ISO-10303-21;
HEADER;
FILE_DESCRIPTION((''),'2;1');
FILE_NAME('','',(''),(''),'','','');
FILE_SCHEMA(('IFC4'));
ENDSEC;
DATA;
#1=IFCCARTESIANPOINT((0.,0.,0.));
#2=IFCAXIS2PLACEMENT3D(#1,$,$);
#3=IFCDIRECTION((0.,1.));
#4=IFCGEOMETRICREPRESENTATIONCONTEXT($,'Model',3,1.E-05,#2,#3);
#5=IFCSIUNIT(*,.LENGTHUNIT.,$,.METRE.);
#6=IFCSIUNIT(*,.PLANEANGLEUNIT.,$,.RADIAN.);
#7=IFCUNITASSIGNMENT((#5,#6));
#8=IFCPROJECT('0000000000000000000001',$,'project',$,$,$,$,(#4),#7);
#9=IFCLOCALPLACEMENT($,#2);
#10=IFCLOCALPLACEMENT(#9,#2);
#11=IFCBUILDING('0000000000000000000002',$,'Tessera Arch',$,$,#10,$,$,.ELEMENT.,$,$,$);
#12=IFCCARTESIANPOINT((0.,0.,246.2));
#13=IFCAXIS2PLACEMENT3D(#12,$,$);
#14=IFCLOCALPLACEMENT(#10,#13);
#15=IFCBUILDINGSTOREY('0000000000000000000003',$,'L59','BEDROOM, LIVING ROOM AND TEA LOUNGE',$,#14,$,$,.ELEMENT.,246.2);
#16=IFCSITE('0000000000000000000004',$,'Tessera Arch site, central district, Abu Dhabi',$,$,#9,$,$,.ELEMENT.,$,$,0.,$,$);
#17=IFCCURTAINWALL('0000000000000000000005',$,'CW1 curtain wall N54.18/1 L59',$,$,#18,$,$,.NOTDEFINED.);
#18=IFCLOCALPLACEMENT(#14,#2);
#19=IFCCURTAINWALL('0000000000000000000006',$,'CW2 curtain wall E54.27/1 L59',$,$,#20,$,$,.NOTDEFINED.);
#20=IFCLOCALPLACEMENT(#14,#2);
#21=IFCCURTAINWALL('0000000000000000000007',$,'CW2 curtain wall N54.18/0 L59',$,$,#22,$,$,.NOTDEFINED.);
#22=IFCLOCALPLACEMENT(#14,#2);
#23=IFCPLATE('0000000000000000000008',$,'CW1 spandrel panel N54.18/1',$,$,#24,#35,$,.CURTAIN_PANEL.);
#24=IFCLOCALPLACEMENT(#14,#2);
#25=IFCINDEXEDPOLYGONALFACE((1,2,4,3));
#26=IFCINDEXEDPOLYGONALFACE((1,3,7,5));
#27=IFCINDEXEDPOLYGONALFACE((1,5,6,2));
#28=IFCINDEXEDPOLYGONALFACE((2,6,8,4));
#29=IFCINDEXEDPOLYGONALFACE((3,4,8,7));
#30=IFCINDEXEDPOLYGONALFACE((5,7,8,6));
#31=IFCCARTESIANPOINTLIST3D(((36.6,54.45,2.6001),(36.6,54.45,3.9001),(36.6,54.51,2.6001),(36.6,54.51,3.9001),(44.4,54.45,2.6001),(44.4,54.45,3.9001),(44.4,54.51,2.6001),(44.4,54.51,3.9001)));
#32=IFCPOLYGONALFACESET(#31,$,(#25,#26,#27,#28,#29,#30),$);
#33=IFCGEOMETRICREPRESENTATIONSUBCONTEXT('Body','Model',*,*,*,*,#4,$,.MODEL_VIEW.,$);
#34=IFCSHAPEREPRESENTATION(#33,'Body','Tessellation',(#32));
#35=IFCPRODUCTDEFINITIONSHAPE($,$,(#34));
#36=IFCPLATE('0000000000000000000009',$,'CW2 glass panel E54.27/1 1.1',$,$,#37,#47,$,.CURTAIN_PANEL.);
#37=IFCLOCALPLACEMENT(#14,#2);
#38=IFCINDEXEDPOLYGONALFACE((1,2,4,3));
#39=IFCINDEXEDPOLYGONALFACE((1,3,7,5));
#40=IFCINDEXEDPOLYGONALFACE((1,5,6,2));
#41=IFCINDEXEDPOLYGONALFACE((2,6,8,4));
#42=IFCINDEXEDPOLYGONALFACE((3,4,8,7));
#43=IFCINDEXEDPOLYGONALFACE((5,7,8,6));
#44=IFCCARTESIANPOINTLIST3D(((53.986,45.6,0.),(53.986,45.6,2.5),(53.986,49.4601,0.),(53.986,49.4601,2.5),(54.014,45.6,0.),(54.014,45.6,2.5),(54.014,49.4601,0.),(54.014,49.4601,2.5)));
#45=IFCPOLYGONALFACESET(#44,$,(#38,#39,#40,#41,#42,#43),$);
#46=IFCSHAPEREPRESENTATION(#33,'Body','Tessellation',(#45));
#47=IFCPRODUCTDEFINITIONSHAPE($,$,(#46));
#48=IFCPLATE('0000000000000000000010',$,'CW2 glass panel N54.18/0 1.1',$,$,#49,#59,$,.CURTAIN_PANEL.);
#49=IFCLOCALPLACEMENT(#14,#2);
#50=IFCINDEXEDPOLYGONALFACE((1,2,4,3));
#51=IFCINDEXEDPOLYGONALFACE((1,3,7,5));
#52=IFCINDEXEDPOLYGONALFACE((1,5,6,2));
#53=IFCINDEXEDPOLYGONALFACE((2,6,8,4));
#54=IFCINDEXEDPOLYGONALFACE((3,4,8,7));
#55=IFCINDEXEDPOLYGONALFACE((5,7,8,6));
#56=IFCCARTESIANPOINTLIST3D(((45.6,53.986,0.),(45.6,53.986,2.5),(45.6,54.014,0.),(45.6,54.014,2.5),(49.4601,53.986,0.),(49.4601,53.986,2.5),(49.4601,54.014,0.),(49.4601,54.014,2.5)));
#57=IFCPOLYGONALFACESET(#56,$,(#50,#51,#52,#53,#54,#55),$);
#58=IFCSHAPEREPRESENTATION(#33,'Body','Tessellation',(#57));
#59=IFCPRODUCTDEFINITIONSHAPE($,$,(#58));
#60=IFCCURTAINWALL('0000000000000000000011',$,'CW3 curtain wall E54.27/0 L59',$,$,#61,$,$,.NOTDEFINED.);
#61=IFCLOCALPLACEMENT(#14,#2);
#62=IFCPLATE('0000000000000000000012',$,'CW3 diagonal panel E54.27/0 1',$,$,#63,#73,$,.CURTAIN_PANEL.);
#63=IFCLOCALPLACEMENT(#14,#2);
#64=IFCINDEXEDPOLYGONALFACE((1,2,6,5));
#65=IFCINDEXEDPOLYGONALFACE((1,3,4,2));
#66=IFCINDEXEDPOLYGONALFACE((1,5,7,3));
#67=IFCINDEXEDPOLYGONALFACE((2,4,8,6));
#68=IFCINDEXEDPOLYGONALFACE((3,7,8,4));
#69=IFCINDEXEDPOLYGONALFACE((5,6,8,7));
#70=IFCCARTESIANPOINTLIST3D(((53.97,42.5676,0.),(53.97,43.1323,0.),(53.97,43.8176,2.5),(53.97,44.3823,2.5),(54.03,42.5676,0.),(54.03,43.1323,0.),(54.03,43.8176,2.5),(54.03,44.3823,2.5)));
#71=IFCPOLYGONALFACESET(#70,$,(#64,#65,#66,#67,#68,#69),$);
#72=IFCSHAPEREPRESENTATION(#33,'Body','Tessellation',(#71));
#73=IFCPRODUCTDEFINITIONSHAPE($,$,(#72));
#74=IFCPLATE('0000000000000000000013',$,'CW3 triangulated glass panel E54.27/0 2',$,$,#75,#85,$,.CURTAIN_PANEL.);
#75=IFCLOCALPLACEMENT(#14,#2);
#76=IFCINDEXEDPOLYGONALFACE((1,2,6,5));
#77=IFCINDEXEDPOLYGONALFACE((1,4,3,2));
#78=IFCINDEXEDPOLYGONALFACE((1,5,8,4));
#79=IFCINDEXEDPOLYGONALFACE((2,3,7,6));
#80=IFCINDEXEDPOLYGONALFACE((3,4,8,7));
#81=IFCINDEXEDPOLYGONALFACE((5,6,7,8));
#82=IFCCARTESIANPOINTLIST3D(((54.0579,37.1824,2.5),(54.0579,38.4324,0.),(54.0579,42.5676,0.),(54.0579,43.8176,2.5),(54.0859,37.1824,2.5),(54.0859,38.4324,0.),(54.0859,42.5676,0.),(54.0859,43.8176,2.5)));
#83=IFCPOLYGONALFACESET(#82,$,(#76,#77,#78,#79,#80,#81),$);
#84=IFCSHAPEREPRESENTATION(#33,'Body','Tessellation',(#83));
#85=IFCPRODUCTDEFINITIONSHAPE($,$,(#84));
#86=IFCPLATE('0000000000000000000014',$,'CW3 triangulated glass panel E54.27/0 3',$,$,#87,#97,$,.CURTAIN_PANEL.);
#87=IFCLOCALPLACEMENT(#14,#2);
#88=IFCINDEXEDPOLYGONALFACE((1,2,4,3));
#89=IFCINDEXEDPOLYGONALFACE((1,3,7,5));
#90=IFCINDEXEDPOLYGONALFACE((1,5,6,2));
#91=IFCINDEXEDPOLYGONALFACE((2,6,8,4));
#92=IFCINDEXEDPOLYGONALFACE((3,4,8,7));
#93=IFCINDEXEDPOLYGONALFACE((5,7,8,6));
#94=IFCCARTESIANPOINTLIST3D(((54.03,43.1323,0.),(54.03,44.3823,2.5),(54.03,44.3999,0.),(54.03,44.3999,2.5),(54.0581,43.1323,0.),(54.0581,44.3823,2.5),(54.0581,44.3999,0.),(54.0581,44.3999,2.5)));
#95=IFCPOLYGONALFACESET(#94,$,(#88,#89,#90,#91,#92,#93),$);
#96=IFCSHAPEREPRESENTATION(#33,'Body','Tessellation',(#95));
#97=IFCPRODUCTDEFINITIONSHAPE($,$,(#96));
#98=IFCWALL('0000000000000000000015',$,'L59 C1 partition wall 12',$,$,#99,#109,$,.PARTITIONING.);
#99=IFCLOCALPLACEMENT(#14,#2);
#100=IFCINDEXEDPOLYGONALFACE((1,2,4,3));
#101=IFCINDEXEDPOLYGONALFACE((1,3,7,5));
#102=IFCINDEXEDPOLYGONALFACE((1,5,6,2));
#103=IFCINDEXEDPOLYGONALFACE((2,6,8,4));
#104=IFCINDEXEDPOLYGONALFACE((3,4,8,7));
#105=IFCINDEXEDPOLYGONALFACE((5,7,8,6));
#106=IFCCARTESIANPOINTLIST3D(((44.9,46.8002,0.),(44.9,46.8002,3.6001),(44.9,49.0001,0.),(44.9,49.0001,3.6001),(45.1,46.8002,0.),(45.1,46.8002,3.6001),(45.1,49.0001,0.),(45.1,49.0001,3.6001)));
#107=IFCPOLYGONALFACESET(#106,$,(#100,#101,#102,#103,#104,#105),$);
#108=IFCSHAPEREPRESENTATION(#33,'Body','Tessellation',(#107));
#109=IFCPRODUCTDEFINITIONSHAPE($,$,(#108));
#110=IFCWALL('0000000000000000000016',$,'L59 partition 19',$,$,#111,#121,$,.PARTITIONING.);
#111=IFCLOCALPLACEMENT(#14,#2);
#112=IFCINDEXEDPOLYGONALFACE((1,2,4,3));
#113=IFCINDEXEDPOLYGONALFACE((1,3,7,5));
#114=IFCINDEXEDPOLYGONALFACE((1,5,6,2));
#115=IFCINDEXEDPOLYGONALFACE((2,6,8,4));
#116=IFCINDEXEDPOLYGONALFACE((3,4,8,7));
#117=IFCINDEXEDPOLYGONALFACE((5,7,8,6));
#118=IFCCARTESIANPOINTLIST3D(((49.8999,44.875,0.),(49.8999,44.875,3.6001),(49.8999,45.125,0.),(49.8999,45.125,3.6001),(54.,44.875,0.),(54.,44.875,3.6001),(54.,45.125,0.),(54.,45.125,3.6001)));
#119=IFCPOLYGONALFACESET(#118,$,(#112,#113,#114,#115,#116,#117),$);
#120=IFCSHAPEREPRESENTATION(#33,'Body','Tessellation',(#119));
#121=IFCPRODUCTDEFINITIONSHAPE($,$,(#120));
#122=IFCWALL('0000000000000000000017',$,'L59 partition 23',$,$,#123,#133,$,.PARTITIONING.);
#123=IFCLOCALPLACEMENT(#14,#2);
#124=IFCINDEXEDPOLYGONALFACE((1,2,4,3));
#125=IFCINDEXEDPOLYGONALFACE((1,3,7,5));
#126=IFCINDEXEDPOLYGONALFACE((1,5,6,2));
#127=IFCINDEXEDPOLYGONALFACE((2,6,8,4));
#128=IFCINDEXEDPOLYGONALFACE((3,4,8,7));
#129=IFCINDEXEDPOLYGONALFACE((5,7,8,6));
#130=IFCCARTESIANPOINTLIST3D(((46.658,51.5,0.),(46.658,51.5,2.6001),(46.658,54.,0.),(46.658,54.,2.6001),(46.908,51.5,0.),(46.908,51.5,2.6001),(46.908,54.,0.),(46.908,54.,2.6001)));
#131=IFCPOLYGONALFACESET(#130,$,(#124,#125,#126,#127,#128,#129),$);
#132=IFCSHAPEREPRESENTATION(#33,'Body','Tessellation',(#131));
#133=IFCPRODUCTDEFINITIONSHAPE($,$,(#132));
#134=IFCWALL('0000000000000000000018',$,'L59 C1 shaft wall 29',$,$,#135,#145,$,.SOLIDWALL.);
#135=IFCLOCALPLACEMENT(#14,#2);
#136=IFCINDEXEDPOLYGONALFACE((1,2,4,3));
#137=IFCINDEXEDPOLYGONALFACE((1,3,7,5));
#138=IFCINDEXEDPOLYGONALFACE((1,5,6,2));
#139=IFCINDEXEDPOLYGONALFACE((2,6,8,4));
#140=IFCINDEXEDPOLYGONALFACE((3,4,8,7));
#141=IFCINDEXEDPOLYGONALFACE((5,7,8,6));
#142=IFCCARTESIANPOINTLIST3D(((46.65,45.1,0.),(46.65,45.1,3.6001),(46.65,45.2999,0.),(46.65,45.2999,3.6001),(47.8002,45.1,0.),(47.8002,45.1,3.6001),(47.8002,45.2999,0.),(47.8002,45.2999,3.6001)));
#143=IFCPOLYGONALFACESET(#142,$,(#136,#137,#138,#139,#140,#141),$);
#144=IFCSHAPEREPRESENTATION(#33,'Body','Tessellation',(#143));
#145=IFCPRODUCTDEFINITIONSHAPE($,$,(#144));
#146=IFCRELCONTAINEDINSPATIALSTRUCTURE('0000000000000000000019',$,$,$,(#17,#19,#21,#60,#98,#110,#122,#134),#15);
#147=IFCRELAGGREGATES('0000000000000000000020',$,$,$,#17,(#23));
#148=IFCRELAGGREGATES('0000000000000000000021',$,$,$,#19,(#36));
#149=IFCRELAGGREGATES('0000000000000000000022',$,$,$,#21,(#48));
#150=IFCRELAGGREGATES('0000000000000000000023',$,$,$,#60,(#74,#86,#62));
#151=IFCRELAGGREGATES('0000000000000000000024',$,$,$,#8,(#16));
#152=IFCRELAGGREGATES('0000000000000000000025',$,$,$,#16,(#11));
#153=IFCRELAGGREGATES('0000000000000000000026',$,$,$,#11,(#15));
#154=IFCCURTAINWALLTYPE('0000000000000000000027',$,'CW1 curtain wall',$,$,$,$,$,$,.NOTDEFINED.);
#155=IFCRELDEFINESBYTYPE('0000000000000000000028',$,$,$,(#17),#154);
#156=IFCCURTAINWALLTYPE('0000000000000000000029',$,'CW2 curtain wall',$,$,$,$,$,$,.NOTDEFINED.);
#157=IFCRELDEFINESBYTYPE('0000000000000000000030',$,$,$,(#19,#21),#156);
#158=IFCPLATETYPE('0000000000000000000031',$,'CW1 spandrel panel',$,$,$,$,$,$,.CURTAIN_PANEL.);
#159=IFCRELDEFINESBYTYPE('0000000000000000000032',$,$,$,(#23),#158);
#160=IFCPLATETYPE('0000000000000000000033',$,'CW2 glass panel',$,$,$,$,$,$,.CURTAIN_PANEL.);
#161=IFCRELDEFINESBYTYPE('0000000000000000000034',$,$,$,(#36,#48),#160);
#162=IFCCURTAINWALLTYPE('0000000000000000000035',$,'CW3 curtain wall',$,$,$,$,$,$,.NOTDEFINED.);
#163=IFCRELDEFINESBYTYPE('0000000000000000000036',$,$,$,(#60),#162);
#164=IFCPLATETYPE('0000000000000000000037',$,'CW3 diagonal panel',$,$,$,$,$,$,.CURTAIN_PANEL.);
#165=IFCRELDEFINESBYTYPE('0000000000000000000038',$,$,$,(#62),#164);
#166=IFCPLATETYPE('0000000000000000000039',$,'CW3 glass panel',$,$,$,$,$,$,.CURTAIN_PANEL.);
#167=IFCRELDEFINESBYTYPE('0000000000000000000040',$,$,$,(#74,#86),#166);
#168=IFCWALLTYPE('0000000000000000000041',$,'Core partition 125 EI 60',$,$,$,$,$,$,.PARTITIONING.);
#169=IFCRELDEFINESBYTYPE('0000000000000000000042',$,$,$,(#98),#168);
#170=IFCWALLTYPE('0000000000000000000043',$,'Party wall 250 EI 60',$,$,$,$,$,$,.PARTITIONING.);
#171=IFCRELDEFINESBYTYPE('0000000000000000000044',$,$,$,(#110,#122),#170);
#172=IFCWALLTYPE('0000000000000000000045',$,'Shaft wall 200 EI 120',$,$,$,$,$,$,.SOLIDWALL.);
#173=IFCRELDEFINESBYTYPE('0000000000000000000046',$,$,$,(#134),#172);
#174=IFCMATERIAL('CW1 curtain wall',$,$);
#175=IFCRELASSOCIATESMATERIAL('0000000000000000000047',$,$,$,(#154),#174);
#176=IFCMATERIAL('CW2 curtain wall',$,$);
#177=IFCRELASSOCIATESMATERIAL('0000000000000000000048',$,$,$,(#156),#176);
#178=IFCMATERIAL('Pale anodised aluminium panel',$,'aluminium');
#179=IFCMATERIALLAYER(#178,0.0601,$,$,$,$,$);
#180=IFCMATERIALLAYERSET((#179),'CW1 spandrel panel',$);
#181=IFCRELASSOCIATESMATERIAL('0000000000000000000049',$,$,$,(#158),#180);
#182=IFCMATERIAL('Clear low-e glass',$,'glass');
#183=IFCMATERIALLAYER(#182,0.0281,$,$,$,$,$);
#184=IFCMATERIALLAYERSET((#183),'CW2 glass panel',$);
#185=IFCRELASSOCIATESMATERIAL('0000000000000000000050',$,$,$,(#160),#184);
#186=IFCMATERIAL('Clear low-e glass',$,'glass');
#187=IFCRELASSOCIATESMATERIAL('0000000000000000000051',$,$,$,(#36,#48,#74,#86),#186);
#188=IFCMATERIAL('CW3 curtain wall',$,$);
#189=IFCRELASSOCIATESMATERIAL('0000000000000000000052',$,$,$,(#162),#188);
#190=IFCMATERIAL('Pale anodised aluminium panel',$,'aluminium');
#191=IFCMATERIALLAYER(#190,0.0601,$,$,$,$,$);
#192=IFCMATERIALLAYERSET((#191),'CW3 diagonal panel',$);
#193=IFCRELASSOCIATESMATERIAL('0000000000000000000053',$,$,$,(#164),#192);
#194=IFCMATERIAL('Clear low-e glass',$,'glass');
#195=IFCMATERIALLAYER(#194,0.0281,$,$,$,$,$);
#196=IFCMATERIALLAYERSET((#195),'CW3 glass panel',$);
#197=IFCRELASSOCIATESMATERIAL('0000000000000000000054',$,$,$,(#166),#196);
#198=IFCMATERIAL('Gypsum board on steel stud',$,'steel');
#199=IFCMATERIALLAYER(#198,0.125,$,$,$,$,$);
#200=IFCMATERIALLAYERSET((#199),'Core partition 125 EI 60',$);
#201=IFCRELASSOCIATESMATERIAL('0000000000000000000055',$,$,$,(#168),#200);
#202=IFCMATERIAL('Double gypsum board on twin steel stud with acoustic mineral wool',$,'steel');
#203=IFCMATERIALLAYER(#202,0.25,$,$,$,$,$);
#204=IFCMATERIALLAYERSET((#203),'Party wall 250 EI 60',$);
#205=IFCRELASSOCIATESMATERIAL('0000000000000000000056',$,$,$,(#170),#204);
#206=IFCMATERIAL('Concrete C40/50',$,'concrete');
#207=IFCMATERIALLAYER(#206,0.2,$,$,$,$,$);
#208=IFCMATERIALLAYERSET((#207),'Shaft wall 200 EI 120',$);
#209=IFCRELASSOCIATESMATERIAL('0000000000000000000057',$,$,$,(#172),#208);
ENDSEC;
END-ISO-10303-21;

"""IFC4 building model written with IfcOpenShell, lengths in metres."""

from ifc_helpers import new_model, si_unit, direction, frame, frame_2d, origin, origin_2d, place, context, subcontext, project, spatial, polyline, rectangle, outline, extrude, material, layer, layer_set, type_object, element, aggregate, save


model = new_model("IFC4")

# Units and contexts
model_context = context("Model", 3, precision=1e-05, world=origin(), true_north=direction((0.0, 1.0)))
body_context = subcontext(model_context, "Body", "Model", "MODEL_VIEW")
ifc_project = project(units=[si_unit("LENGTHUNIT", "METRE"), si_unit("PLANEANGLEUNIT", "RADIAN")], contexts=[model_context])

# Site, building, storey
site_placement = place(None, origin())
site = spatial("IfcSite", under=ifc_project, at=site_placement, Name="Tessera Arch site, central district, Abu Dhabi", CompositionType="ELEMENT", RefElevation=0.0)
building_placement = place(site_placement, origin())
building = spatial("IfcBuilding", under=site, at=building_placement, Name="Tessera Arch", CompositionType="ELEMENT")
storey_placement = place(building_placement, frame((0.0, 0.0, 246.2)))
storey = spatial("IfcBuildingStorey", under=building, at=storey_placement, Name="L59", Description="BEDROOM, LIVING ROOM AND TEA LOUNGE", CompositionType="ELEMENT", Elevation=246.2)

# Curtain wall
ifc_material_1 = material(Name="CW1 curtain wall")
curtain_wall_type_1 = type_object("IfcCurtainWallType", Name="CW1 curtain wall", PredefinedType="NOTDEFINED", material=ifc_material_1)
curtain_wall_1_placement = place(storey_placement, origin())
curtain_wall_1 = element("IfcCurtainWall", 1, at=curtain_wall_1_placement, inside=storey, type_object=curtain_wall_type_1, Name="CW1 curtain wall N54.18/1 L59", PredefinedType="NOTDEFINED")

# Curtain walls
ifc_material_2 = material(Name="CW2 curtain wall")
curtain_wall_type_2 = type_object("IfcCurtainWallType", Name="CW2 curtain wall", PredefinedType="NOTDEFINED", material=ifc_material_2)
curtain_wall_2_placement = place(storey_placement, origin())
curtain_wall_2 = element("IfcCurtainWall", 2, at=curtain_wall_2_placement, inside=storey, type_object=curtain_wall_type_2, Name="CW2 curtain wall E54.27/1 L59", PredefinedType="NOTDEFINED")
curtain_wall_3_placement = place(storey_placement, origin())
curtain_wall_3 = element("IfcCurtainWall", 3, at=curtain_wall_3_placement, inside=storey, type_object=curtain_wall_type_2, Name="CW2 curtain wall N54.18/0 L59", PredefinedType="NOTDEFINED")

# Plates
ifc_material_3 = material(Name="Clear low-e glass", Category="glass")
ifc_material_4 = material(Name="Pale anodised aluminium panel", Category="aluminium")
ifc_layer_1 = layer(ifc_material_4, 0.0601)
ifc_layer_set_1 = layer_set([ifc_layer_1], Name="CW1 spandrel panel")
plate_type_1 = type_object("IfcPlateType", Name="CW1 spandrel panel", PredefinedType="CURTAIN_PANEL", material=ifc_layer_set_1)
plate_1_placement = place(storey_placement, frame((40.5, 54.48, 2.6001), z_axis=(0.0, 0.0, 1.0), x_axis=(-1.0, 0.0, 0.0)))
plate_1 = element("IfcPlate", 4, at=plate_1_placement, type_object=plate_type_1, Name="CW1 spandrel panel N54.18/1", PredefinedType="CURTAIN_PANEL", context=body_context, shape_type="SweptSolid", body=[
    extrude(rectangle(XDim=7.8, YDim=0.0601, at=origin_2d()), origin(), (0.0, 0.0, 1.0), 1.3),
])
aggregate(curtain_wall_1, [plate_1])
ifc_material_5 = material(Name="Clear low-e glass", Category="glass")
ifc_layer_2 = layer(ifc_material_5, 0.0281)
ifc_layer_set_2 = layer_set([ifc_layer_2], Name="CW2 glass panel")
plate_type_2 = type_object("IfcPlateType", Name="CW2 glass panel", PredefinedType="CURTAIN_PANEL", material=ifc_layer_set_2)
plate_2_placement = place(storey_placement, frame((54.0, 47.53, 0.0), z_axis=(0.0, 0.0, 1.0), x_axis=(0.0, 1.0, 0.0)))
plate_2 = element("IfcPlate", 5, at=plate_2_placement, type_object=plate_type_2, material=ifc_material_3, Name="CW2 glass panel E54.27/1 1.1", PredefinedType="CURTAIN_PANEL", context=body_context, shape_type="SweptSolid", body=[
    extrude(rectangle(XDim=3.8601, YDim=0.0281, at=origin_2d()), origin(), (0.0, 0.0, 1.0), 2.5),
])
aggregate(curtain_wall_2, [plate_2])
plate_3_placement = place(storey_placement, frame((47.53, 54.0, 0.0), z_axis=(0.0, 0.0, 1.0), x_axis=(-1.0, 0.0, 0.0)))
plate_3 = element("IfcPlate", 6, at=plate_3_placement, type_object=plate_type_2, material=ifc_material_3, Name="CW2 glass panel N54.18/0 1.1", PredefinedType="CURTAIN_PANEL", context=body_context, shape_type="SweptSolid", body=[
    extrude(rectangle(XDim=3.8601, YDim=0.0281, at=origin_2d()), origin(), (0.0, 0.0, 1.0), 2.5),
])
aggregate(curtain_wall_3, [plate_3])

# Curtain wall, plates
ifc_material_6 = material(Name="CW3 curtain wall")
curtain_wall_type_3 = type_object("IfcCurtainWallType", Name="CW3 curtain wall", PredefinedType="NOTDEFINED", material=ifc_material_6)
curtain_wall_4_placement = place(storey_placement, origin())
curtain_wall_4 = element("IfcCurtainWall", 7, at=curtain_wall_4_placement, inside=storey, type_object=curtain_wall_type_3, Name="CW3 curtain wall E54.27/0 L59", PredefinedType="NOTDEFINED")
ifc_material_7 = material(Name="Pale anodised aluminium panel", Category="aluminium")
ifc_layer_3 = layer(ifc_material_7, 0.0601)
ifc_layer_set_3 = layer_set([ifc_layer_3], Name="CW3 diagonal panel")
plate_type_3 = type_object("IfcPlateType", Name="CW3 diagonal panel", PredefinedType="CURTAIN_PANEL", material=ifc_layer_set_3)
plate_4_placement = place(storey_placement, frame((54.03, 44.3823, 2.5), z_axis=(1.0, 0.0, 0.0), x_axis=(0.0, -1.0, 0.0)))
plate_4 = element("IfcPlate", 8, at=plate_4_placement, type_object=plate_type_3, Name="CW3 diagonal panel E54.27/0 1", PredefinedType="CURTAIN_PANEL", context=body_context, shape_type="SweptSolid", body=[
    extrude(outline(polyline([(0.0, 0.0), (0.5647, 0.0), (1.8147, 2.5), (1.25, 2.5), (0.0, 0.0)])), origin(), (0.0, 0.0, -1.0), 0.0601),
])
ifc_material_8 = material(Name="Clear low-e glass", Category="glass")
ifc_layer_4 = layer(ifc_material_8, 0.0281)
ifc_layer_set_4 = layer_set([ifc_layer_4], Name="CW3 glass panel")
plate_type_4 = type_object("IfcPlateType", Name="CW3 glass panel", PredefinedType="CURTAIN_PANEL", material=ifc_layer_set_4)
plate_5_placement = place(storey_placement, frame((54.0859, 43.8176, 2.5), z_axis=(1.0, 0.0, 0.0), x_axis=(0.0, -1.0, 0.0)))
plate_5 = element("IfcPlate", 9, at=plate_5_placement, type_object=plate_type_4, material=ifc_material_3, Name="CW3 triangulated glass panel E54.27/0 2", PredefinedType="CURTAIN_PANEL", context=body_context, shape_type="SweptSolid", body=[
    extrude(outline(polyline([(0.0, 0.0), (6.6353, 0.0), (5.3853, 2.5), (1.25, 2.5), (0.0, 0.0)])), origin(), (0.0, 0.0, -1.0), 0.0281),
])
plate_6_placement = place(storey_placement, frame((54.0581, 44.3999, 2.5), z_axis=(1.0, 0.0, 0.0), x_axis=(0.0, -1.0, 0.0)))
plate_6 = element("IfcPlate", 10, at=plate_6_placement, type_object=plate_type_4, material=ifc_material_3, Name="CW3 triangulated glass panel E54.27/0 3", PredefinedType="CURTAIN_PANEL", context=body_context, shape_type="SweptSolid", body=[
    extrude(outline(polyline([(0.0, 0.0), (0.0176, 0.0), (1.2676, 2.5), (0.0, 2.5), (0.0, 0.0)])), origin(), (0.0, 0.0, -1.0), 0.0281),
])
aggregate(curtain_wall_4, [plate_5, plate_6, plate_4])

# Walls
ifc_material_9 = material(Name="Gypsum board on steel stud", Category="steel")
ifc_layer_5 = layer(ifc_material_9, 0.125)
ifc_layer_set_5 = layer_set([ifc_layer_5], Name="Core partition 125 EI 60")
wall_type_1 = type_object("IfcWallType", Name="Core partition 125 EI 60", PredefinedType="PARTITIONING", material=ifc_layer_set_5)
wall_1_placement = place(storey_placement, frame((45.0, 46.8, 0.0), z_axis=(0.0, 0.0, 1.0), x_axis=(0.0, 1.0, 0.0)))
element("IfcWall", 11, at=wall_1_placement, inside=storey, type_object=wall_type_1, Name="L59 C1 partition wall 12", PredefinedType="PARTITIONING", context=body_context, shape_type="SweptSolid", body=[
    extrude(rectangle(XDim=2.2, YDim=0.2, at=frame_2d((1.1001, 0.0))), origin(), (0.0, 0.0, 1.0), 3.6001),
])
ifc_material_10 = material(Name="Double gypsum board on twin steel stud with acoustic mineral wool", Category="steel")
ifc_layer_6 = layer(ifc_material_10, 0.25)
ifc_layer_set_6 = layer_set([ifc_layer_6], Name="Party wall 250 EI 60")
wall_type_2 = type_object("IfcWallType", Name="Party wall 250 EI 60", PredefinedType="PARTITIONING", material=ifc_layer_set_6)
wall_2_placement = place(storey_placement, frame((49.8999, 45.0, 0.0), z_axis=(0.0, 0.0, 1.0), x_axis=(1.0, 0.0, 0.0)))
element("IfcWall", 12, at=wall_2_placement, inside=storey, type_object=wall_type_2, Name="L59 partition 19", PredefinedType="PARTITIONING", context=body_context, shape_type="SweptSolid", body=[
    extrude(rectangle(XDim=4.1001, YDim=0.25, at=frame_2d((2.05, 0.0))), origin(), (0.0, 0.0, 1.0), 3.6001),
])
wall_3_placement = place(storey_placement, frame((46.783, 51.5, 0.0), z_axis=(0.0, 0.0, 1.0), x_axis=(0.0, 1.0, 0.0)))
element("IfcWall", 13, at=wall_3_placement, inside=storey, type_object=wall_type_2, Name="L59 partition 23", PredefinedType="PARTITIONING", context=body_context, shape_type="SweptSolid", body=[
    extrude(rectangle(XDim=2.5, YDim=0.25, at=frame_2d((1.25, 0.0))), origin(), (0.0, 0.0, 1.0), 2.6001),
])
ifc_material_11 = material(Name="Concrete C40/50", Category="concrete")
ifc_layer_7 = layer(ifc_material_11, 0.2)
ifc_layer_set_7 = layer_set([ifc_layer_7], Name="Shaft wall 200 EI 120")
wall_type_3 = type_object("IfcWallType", Name="Shaft wall 200 EI 120", PredefinedType="SOLIDWALL", material=ifc_layer_set_7)
wall_4_placement = place(storey_placement, frame((46.6499, 45.2, 0.0), z_axis=(0.0, 0.0, 1.0), x_axis=(1.0, 0.0, 0.0)))
element("IfcWall", 14, at=wall_4_placement, inside=storey, type_object=wall_type_3, Name="L59 C1 shaft wall 29", PredefinedType="SOLIDWALL", context=body_context, shape_type="SweptSolid", body=[
    extrude(rectangle(XDim=1.1501, YDim=0.2, at=frame_2d((0.5752, 0.0))), origin(), (0.0, 0.0, 1.0), 3.6001),
])

save(model, "model.ifc")
